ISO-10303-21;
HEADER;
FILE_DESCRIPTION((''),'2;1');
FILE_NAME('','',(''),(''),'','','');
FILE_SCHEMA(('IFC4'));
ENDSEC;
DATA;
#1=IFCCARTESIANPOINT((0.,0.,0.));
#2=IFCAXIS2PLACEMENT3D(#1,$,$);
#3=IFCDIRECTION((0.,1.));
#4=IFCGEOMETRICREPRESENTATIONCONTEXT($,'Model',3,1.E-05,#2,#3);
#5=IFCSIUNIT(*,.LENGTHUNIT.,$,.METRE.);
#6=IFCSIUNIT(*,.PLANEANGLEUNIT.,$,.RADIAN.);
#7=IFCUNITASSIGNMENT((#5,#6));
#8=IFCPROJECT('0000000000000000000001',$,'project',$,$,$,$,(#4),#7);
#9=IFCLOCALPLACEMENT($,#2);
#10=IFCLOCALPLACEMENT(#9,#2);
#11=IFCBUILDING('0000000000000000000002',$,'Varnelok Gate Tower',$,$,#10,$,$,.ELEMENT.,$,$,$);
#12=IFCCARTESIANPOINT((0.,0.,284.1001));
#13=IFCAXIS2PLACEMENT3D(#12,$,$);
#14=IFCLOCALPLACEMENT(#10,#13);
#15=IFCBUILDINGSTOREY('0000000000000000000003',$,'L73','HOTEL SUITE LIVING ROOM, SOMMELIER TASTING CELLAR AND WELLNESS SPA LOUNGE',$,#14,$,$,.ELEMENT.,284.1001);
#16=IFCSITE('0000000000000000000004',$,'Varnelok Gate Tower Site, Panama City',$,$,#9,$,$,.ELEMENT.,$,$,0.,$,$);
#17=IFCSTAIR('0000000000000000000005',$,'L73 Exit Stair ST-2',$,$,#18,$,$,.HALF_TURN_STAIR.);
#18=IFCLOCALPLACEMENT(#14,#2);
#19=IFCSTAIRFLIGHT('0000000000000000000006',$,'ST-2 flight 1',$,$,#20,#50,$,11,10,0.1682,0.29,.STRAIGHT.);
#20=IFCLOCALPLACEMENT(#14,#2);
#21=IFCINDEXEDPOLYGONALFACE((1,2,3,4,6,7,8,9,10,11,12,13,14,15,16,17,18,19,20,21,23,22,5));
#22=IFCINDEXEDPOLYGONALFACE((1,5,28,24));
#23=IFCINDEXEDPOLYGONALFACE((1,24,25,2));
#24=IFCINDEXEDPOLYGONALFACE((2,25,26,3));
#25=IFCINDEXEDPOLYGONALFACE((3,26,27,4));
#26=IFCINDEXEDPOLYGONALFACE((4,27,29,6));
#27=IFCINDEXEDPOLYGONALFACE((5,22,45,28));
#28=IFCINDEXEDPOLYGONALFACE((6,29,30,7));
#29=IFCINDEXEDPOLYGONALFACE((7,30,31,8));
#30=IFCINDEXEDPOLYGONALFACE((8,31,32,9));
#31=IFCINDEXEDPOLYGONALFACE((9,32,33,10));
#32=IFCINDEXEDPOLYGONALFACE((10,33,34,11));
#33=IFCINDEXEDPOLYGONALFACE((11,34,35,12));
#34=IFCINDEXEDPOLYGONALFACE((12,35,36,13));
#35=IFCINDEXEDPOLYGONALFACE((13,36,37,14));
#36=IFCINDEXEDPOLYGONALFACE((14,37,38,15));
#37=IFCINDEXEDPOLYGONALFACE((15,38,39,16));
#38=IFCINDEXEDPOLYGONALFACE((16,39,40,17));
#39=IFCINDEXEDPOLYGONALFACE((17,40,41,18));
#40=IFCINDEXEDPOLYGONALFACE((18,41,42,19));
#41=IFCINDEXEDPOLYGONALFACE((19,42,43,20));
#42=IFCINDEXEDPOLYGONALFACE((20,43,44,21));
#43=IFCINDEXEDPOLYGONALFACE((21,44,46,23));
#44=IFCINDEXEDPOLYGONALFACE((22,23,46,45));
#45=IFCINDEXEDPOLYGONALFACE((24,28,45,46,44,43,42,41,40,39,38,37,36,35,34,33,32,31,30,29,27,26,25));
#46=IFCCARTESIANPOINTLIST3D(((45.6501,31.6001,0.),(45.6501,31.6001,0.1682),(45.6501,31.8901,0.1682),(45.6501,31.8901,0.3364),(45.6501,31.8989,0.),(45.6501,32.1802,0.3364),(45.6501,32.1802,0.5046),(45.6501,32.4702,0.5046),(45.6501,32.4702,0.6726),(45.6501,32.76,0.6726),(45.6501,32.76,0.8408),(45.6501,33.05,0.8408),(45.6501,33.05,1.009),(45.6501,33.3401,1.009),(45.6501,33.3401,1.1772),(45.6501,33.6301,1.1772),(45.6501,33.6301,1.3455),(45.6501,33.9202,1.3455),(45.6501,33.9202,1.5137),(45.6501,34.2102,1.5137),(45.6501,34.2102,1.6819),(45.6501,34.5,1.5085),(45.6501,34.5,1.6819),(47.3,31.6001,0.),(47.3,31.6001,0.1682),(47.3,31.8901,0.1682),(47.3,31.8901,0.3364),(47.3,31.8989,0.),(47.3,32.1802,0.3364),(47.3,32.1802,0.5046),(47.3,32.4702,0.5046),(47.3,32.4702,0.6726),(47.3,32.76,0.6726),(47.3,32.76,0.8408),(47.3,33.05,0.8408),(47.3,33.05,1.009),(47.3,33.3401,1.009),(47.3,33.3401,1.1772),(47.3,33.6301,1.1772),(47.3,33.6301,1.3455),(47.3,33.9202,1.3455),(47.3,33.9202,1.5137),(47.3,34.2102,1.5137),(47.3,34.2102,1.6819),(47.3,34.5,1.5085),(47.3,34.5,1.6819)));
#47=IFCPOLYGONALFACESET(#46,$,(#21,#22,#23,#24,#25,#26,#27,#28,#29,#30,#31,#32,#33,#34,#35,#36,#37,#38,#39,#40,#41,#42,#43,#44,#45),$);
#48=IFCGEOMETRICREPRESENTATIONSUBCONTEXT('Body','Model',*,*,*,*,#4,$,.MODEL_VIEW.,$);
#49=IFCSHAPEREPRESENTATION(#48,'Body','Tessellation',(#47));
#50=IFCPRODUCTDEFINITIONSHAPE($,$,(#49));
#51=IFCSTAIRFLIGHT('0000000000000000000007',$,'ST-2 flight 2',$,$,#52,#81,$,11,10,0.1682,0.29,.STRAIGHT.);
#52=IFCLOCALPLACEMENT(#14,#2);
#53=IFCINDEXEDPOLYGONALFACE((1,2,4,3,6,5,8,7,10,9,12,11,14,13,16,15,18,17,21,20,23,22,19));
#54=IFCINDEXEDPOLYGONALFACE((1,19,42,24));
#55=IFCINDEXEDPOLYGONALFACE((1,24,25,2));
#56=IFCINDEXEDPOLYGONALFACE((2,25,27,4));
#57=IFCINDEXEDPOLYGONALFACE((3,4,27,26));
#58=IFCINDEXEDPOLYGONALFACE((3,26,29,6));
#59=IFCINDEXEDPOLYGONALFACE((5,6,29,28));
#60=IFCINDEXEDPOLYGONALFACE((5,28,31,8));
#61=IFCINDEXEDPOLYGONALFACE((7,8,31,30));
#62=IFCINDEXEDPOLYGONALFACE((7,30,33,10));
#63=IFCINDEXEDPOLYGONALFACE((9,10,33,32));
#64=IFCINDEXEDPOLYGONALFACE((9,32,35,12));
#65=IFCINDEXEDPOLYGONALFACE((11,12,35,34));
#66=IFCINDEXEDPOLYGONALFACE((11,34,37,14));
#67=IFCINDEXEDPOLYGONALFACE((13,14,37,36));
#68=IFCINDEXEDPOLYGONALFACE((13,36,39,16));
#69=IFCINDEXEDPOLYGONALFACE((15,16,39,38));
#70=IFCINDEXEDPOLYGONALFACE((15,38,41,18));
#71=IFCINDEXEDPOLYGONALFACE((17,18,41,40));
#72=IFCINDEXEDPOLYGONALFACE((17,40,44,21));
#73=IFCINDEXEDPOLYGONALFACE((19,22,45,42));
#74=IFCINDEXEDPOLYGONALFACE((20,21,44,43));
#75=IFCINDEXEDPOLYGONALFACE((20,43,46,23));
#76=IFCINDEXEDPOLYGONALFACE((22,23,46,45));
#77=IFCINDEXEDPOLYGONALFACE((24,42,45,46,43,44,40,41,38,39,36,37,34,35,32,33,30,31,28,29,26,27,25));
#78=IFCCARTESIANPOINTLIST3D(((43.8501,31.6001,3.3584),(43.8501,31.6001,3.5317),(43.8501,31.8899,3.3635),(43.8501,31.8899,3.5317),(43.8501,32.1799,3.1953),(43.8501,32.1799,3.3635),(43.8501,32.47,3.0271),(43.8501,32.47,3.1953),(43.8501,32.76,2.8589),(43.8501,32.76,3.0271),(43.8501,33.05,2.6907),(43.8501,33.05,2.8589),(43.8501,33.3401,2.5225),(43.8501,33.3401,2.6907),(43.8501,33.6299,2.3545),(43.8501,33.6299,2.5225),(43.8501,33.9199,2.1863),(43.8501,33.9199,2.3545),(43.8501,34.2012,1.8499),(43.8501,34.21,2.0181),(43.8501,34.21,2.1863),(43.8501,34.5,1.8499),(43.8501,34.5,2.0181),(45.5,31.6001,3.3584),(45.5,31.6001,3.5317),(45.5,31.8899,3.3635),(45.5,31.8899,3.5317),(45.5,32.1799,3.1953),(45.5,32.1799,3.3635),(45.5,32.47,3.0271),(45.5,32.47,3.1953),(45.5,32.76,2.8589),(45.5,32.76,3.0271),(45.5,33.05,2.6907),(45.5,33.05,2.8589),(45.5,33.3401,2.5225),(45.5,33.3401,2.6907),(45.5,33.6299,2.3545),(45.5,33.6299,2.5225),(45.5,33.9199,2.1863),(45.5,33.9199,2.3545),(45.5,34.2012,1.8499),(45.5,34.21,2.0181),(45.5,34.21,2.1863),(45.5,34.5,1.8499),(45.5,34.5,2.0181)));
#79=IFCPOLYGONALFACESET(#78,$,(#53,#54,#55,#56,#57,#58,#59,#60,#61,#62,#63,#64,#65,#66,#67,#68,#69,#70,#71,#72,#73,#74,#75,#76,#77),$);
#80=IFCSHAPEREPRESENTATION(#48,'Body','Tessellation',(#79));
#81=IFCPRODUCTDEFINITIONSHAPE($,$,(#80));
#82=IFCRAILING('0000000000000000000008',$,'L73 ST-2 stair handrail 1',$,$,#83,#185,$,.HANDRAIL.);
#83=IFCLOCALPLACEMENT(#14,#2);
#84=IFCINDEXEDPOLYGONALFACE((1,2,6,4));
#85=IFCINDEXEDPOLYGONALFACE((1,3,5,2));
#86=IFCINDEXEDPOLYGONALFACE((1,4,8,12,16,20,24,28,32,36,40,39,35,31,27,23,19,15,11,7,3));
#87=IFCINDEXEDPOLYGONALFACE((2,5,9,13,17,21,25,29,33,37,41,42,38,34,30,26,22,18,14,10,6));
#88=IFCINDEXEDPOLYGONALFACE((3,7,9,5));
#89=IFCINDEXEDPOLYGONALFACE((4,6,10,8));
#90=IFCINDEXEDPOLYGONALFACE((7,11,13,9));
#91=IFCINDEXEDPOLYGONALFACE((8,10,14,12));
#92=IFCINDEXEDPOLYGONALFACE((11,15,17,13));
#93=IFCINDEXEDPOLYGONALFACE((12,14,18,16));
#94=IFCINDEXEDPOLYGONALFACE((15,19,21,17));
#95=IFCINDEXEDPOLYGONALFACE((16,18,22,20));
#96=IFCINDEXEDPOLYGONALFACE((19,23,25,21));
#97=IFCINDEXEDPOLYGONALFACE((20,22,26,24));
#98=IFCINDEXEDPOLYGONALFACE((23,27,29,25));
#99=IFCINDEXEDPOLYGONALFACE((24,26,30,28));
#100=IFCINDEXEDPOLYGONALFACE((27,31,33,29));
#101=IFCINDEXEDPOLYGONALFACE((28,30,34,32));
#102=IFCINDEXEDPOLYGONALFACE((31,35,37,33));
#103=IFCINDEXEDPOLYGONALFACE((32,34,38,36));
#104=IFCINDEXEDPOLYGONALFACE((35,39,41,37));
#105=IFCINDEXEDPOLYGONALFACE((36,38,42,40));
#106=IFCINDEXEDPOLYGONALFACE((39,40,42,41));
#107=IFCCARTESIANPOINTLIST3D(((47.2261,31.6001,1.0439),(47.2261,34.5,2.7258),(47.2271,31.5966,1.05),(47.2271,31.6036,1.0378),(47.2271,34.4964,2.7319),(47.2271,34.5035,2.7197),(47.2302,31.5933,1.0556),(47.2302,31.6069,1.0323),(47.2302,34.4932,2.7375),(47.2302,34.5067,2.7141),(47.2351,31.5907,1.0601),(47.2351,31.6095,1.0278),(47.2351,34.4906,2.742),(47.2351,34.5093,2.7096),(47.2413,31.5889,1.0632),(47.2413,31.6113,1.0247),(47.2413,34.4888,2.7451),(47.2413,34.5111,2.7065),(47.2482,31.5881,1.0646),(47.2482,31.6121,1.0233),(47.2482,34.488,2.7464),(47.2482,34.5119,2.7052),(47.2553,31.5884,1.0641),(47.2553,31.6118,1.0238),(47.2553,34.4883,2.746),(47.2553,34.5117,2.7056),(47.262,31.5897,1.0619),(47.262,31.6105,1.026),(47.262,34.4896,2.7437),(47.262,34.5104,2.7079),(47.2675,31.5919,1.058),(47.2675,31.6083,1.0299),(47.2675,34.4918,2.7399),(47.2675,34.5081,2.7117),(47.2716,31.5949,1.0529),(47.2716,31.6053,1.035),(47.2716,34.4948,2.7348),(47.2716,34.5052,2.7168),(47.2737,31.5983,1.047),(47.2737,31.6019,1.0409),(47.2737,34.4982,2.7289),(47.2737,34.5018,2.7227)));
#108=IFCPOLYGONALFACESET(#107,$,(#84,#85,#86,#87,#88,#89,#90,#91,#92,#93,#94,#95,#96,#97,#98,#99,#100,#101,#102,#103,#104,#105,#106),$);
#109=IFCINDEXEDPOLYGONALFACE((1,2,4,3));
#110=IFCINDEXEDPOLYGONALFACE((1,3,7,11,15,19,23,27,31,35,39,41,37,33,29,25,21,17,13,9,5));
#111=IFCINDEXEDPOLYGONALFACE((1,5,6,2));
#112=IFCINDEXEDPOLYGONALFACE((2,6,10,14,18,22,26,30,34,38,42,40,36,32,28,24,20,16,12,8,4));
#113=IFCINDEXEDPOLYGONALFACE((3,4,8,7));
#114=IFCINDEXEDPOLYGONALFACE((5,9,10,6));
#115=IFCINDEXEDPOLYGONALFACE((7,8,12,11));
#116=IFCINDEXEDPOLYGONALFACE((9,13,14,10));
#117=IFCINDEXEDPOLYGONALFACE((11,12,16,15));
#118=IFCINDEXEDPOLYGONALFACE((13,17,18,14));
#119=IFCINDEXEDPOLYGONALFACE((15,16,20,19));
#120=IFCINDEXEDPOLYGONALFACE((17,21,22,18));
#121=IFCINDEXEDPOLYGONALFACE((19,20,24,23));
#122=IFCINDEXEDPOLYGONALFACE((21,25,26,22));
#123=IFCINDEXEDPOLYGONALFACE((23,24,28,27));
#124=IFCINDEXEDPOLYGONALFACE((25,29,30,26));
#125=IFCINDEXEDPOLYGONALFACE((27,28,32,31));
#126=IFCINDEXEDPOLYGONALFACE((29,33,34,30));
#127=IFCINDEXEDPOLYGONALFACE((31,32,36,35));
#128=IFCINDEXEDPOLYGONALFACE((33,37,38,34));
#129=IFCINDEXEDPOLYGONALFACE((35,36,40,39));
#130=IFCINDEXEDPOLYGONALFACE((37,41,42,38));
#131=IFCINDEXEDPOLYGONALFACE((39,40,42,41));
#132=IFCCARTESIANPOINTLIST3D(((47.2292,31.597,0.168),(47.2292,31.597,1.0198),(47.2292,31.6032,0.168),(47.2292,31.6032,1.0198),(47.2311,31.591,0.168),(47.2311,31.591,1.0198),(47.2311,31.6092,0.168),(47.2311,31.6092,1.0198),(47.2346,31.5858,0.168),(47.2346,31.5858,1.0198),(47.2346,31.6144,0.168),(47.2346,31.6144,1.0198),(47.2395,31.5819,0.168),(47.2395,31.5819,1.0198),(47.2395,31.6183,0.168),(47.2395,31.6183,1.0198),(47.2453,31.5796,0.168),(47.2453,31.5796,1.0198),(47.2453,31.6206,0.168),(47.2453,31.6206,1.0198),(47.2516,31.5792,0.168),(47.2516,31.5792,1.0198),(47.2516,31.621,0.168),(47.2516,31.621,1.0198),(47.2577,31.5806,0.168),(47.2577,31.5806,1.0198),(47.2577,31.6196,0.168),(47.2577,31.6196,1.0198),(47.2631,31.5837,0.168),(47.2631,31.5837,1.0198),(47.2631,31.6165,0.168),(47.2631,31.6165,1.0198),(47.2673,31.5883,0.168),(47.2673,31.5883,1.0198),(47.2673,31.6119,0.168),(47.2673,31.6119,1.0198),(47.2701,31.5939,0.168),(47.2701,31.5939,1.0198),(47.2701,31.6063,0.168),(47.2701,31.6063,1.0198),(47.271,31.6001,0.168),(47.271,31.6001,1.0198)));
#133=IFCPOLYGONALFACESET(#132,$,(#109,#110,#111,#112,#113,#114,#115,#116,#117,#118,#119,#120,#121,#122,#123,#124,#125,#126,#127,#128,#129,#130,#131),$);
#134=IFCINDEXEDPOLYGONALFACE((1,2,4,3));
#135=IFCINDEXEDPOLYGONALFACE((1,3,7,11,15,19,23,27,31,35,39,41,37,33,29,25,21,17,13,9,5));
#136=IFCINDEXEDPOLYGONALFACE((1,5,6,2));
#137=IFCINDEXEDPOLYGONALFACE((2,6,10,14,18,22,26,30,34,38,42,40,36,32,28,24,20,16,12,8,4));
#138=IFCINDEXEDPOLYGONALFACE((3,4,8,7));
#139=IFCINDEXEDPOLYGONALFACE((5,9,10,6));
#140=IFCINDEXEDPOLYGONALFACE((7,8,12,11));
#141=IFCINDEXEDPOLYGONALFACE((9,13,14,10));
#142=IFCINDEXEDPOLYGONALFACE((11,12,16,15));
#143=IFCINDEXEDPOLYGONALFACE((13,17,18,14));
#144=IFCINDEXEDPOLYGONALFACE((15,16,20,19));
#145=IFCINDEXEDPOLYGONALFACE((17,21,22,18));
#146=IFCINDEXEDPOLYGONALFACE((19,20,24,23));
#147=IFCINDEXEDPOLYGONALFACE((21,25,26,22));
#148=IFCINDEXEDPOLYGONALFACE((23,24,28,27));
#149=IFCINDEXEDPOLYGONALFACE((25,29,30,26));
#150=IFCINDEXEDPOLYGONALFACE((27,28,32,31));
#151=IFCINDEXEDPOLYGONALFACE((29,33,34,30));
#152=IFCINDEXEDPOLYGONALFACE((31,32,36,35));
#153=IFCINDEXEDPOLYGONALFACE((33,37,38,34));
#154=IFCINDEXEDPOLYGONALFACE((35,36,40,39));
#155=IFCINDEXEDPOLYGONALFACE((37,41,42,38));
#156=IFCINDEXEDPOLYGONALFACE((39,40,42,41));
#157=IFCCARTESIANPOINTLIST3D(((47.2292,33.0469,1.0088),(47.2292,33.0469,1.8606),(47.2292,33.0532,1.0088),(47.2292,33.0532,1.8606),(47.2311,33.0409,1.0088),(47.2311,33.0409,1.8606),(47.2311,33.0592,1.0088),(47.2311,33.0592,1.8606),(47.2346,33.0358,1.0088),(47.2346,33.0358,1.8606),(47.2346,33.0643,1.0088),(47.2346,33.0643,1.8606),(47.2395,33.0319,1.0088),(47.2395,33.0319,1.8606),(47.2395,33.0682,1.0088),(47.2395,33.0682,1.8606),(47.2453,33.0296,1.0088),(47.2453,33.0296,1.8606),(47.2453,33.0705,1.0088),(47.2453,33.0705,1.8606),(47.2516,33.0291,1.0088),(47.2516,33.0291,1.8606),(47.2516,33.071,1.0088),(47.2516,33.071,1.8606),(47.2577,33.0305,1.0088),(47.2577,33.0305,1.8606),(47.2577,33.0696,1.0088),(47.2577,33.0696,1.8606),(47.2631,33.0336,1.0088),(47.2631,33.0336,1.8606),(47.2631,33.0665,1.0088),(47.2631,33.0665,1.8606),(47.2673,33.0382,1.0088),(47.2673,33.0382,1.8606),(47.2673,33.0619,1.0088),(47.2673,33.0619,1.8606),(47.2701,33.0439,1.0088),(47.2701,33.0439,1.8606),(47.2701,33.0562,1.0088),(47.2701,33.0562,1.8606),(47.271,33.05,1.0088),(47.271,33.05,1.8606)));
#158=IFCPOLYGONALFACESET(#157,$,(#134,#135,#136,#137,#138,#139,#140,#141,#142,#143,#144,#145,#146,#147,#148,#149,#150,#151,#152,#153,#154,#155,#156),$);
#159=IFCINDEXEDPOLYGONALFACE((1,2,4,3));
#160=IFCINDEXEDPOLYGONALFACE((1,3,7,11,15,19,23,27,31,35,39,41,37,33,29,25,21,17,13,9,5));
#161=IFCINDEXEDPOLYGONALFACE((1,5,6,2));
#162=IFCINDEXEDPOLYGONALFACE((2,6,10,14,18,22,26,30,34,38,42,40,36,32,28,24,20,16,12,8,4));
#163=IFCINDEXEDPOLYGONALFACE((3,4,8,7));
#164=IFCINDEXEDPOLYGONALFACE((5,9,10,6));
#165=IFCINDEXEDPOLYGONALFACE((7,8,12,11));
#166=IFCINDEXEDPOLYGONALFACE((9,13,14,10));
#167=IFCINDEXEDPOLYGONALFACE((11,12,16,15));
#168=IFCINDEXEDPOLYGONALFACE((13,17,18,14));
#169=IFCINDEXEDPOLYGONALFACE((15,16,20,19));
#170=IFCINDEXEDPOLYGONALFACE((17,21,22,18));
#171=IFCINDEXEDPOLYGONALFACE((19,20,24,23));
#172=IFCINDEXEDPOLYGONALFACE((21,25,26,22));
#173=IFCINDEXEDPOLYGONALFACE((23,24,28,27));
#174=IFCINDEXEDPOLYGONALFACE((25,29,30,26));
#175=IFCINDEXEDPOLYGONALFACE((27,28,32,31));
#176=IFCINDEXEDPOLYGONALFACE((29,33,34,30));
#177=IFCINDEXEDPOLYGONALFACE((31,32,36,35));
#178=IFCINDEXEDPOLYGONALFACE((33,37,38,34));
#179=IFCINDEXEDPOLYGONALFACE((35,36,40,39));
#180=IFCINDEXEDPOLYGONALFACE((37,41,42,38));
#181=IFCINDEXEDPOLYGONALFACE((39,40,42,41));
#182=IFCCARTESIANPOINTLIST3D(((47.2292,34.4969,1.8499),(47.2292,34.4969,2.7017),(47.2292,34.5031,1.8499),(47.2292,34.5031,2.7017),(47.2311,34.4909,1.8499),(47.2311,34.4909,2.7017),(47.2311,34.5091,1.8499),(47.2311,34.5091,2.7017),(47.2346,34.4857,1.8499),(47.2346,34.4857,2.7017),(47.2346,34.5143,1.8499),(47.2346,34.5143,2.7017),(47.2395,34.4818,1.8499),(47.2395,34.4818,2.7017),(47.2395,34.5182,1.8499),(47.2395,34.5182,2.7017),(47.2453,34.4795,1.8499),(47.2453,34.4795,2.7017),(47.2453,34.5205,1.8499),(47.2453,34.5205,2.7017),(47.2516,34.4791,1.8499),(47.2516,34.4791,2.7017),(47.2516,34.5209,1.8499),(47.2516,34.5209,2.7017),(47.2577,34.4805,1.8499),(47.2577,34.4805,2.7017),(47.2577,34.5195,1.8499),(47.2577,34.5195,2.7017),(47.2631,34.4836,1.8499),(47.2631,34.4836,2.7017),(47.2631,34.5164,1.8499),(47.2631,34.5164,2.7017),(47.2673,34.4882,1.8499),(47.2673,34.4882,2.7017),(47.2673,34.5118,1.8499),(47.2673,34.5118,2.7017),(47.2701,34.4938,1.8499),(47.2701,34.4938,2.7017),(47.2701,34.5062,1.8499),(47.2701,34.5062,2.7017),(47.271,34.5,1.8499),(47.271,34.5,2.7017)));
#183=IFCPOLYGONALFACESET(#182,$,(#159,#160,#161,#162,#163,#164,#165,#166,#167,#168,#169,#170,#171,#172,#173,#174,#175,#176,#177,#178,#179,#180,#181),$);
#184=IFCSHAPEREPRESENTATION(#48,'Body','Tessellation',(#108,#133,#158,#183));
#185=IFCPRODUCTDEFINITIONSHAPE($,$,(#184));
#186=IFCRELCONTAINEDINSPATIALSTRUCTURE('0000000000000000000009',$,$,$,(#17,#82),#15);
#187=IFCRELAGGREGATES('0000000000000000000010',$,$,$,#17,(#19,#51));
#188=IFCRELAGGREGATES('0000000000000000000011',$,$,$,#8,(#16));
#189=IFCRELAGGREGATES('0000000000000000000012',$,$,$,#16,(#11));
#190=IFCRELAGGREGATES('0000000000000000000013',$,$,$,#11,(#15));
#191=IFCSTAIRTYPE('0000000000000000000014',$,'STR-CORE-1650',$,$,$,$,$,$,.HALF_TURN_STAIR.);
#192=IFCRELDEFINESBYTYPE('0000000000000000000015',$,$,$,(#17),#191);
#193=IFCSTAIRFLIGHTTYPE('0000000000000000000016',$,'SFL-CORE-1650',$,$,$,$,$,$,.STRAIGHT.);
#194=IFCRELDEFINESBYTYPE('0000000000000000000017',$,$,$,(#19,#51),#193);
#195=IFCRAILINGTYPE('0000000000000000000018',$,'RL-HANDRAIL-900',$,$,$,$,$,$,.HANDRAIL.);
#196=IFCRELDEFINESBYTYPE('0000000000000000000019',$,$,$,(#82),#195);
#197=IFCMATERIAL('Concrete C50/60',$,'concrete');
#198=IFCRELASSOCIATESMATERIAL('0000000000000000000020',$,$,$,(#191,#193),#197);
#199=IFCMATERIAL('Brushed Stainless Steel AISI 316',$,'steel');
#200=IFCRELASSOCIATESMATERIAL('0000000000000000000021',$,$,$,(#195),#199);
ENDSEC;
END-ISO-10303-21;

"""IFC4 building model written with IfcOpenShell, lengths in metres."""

from ifc_helpers import new_model, si_unit, direction, frame, origin, origin_2d, place, context, subcontext, project, spatial, polyline, circle, outline, extrude, material, type_object, element, aggregate, save


model = new_model("IFC4")

# Units and contexts
model_context = context("Model", 3, precision=1e-05, world=origin(), true_north=direction((0.0, 1.0)))
body_context = subcontext(model_context, "Body", "Model", "MODEL_VIEW")
ifc_project = project(units=[si_unit("LENGTHUNIT", "METRE"), si_unit("PLANEANGLEUNIT", "RADIAN")], contexts=[model_context])

# Site, building, storey
site_placement = place(None, origin())
site = spatial("IfcSite", under=ifc_project, at=site_placement, Name="Varnelok Gate Tower Site, Panama City", CompositionType="ELEMENT", RefElevation=0.0)
building_placement = place(site_placement, origin())
building = spatial("IfcBuilding", under=site, at=building_placement, Name="Varnelok Gate Tower", CompositionType="ELEMENT")
storey_placement = place(building_placement, frame((0.0, 0.0, 284.1001)))
storey = spatial("IfcBuildingStorey", under=building, at=storey_placement, Name="L73", Description="HOTEL SUITE LIVING ROOM, SOMMELIER TASTING CELLAR AND WELLNESS SPA LOUNGE", CompositionType="ELEMENT", Elevation=284.1001)

# Shared definitions
ifc_material_1 = material(Name="Concrete C50/60", Category="concrete")

# Stair, stair flights
stair_type = type_object("IfcStairType", Name="STR-CORE-1650", PredefinedType="HALF_TURN_STAIR", material=ifc_material_1)
stair_placement = place(storey_placement, origin())
stair = element("IfcStair", 1, at=stair_placement, inside=storey, type_object=stair_type, Name="L73 Exit Stair ST-2", PredefinedType="HALF_TURN_STAIR")
stair_flight_type = type_object("IfcStairFlightType", Name="SFL-CORE-1650", PredefinedType="STRAIGHT", material=ifc_material_1)
stair_flight_1_placement = place(storey_placement, frame((46.4751, 31.6001, 0.0), z_axis=(0.0, 0.0, 1.0), x_axis=(0.0, 1.0, 0.0)))
stair_flight_1 = element("IfcStairFlight", 2, at=stair_flight_1_placement, type_object=stair_flight_type, Name="ST-2 flight 1", NumberOfRisers=11, NumberOfTreads=10, PredefinedType="STRAIGHT", RiserHeight=0.1682, TreadLength=0.29, context=body_context, shape_type="SweptSolid", body=[
    extrude(outline(polyline([(0.0, 0.0), (0.0, 0.1682), (0.29, 0.1682), (0.29, 0.3364), (0.5801, 0.3364), (0.5801, 0.5046), (0.8701, 0.5046), (0.8701, 0.6726), (1.1599, 0.6726), (1.1599, 0.8408), (1.45, 0.8408), (1.45, 1.009), (1.74, 1.009), (1.74, 1.1772), (2.03, 1.1772), (2.03, 1.3455), (2.3201, 1.3455), (2.3201, 1.5137), (2.6101, 1.5137), (2.6101, 1.6819), (2.8999, 1.6819), (2.8999, 1.8501), (2.8999, 1.5085), (0.2988, 0.0), (0.0, 0.0)])), frame((0.0, 0.825, 0.0), z_axis=(0.0, -1.0, 0.0), x_axis=(1.0, 0.0, 0.0)), (0.0, 0.0, 1.0), 1.6499),
])
stair_flight_2_placement = place(storey_placement, frame((44.675, 34.5, 1.8499), z_axis=(0.0, 0.0, 1.0), x_axis=(0.0, -1.0, 0.0)))
stair_flight_2 = element("IfcStairFlight", 3, at=stair_flight_2_placement, type_object=stair_flight_type, Name="ST-2 flight 2", NumberOfRisers=11, NumberOfTreads=10, PredefinedType="STRAIGHT", RiserHeight=0.1682, TreadLength=0.29, context=body_context, shape_type="SweptSolid", body=[
    extrude(outline(polyline([(0.0, 0.0), (0.0, 0.1682), (0.29, 0.1682), (0.29, 0.3364), (0.5801, 0.3364), (0.5801, 0.5046), (0.8701, 0.5046), (0.8701, 0.6726), (1.1599, 0.6726), (1.1599, 0.8408), (1.45, 0.8408), (1.45, 1.009), (1.74, 1.009), (1.74, 1.1772), (2.03, 1.1772), (2.03, 1.3455), (2.3201, 1.3455), (2.3201, 1.5137), (2.6101, 1.5137), (2.6101, 1.6819), (2.8999, 1.6819), (2.8999, 1.8501), (2.8999, 1.5085), (0.2988, 0.0), (0.0, 0.0)])), frame((0.0, 0.825, 0.0), z_axis=(0.0, -1.0, 0.0), x_axis=(1.0, 0.0, 0.0)), (0.0, 0.0, 1.0), 1.6499),
])
aggregate(stair, [stair_flight_1, stair_flight_2])

# Railing
ifc_material_2 = material(Name="Brushed Stainless Steel AISI 316", Category="steel")
railing_type_1 = type_object("IfcRailingType", Name="RL-HANDRAIL-900", PredefinedType="HANDRAIL", material=ifc_material_2)
railing_1_placement = place(storey_placement, frame((47.25, 31.6001, 0.168)))
element("IfcRailing", 4, at=railing_1_placement, inside=storey, type_object=railing_type_1, Name="L73 ST-2 stair handrail 1", PredefinedType="HANDRAIL", context=body_context, shape_type="SweptSolid", body=[
    extrude(circle(Radius=0.0239, at=origin_2d()), frame((0.0, 0.0, 0.876), z_axis=(0.0, 0.865039, 0.501705), x_axis=(-1.0, 0.0, 0.0)), (0.0, 0.0, 1.0), 3.3523),
    extrude(circle(Radius=0.021, at=origin_2d()), origin(), (0.0, 0.0, 1.0), 0.8518),
    extrude(circle(Radius=0.021, at=origin_2d()), frame((0.0, 1.45, 0.8408)), (0.0, 0.0, 1.0), 0.8518),
    extrude(circle(Radius=0.021, at=origin_2d()), frame((0.0, 2.8999, 1.6819)), (0.0, 0.0, 1.0), 0.8518),
])

save(model, "model.ifc")
